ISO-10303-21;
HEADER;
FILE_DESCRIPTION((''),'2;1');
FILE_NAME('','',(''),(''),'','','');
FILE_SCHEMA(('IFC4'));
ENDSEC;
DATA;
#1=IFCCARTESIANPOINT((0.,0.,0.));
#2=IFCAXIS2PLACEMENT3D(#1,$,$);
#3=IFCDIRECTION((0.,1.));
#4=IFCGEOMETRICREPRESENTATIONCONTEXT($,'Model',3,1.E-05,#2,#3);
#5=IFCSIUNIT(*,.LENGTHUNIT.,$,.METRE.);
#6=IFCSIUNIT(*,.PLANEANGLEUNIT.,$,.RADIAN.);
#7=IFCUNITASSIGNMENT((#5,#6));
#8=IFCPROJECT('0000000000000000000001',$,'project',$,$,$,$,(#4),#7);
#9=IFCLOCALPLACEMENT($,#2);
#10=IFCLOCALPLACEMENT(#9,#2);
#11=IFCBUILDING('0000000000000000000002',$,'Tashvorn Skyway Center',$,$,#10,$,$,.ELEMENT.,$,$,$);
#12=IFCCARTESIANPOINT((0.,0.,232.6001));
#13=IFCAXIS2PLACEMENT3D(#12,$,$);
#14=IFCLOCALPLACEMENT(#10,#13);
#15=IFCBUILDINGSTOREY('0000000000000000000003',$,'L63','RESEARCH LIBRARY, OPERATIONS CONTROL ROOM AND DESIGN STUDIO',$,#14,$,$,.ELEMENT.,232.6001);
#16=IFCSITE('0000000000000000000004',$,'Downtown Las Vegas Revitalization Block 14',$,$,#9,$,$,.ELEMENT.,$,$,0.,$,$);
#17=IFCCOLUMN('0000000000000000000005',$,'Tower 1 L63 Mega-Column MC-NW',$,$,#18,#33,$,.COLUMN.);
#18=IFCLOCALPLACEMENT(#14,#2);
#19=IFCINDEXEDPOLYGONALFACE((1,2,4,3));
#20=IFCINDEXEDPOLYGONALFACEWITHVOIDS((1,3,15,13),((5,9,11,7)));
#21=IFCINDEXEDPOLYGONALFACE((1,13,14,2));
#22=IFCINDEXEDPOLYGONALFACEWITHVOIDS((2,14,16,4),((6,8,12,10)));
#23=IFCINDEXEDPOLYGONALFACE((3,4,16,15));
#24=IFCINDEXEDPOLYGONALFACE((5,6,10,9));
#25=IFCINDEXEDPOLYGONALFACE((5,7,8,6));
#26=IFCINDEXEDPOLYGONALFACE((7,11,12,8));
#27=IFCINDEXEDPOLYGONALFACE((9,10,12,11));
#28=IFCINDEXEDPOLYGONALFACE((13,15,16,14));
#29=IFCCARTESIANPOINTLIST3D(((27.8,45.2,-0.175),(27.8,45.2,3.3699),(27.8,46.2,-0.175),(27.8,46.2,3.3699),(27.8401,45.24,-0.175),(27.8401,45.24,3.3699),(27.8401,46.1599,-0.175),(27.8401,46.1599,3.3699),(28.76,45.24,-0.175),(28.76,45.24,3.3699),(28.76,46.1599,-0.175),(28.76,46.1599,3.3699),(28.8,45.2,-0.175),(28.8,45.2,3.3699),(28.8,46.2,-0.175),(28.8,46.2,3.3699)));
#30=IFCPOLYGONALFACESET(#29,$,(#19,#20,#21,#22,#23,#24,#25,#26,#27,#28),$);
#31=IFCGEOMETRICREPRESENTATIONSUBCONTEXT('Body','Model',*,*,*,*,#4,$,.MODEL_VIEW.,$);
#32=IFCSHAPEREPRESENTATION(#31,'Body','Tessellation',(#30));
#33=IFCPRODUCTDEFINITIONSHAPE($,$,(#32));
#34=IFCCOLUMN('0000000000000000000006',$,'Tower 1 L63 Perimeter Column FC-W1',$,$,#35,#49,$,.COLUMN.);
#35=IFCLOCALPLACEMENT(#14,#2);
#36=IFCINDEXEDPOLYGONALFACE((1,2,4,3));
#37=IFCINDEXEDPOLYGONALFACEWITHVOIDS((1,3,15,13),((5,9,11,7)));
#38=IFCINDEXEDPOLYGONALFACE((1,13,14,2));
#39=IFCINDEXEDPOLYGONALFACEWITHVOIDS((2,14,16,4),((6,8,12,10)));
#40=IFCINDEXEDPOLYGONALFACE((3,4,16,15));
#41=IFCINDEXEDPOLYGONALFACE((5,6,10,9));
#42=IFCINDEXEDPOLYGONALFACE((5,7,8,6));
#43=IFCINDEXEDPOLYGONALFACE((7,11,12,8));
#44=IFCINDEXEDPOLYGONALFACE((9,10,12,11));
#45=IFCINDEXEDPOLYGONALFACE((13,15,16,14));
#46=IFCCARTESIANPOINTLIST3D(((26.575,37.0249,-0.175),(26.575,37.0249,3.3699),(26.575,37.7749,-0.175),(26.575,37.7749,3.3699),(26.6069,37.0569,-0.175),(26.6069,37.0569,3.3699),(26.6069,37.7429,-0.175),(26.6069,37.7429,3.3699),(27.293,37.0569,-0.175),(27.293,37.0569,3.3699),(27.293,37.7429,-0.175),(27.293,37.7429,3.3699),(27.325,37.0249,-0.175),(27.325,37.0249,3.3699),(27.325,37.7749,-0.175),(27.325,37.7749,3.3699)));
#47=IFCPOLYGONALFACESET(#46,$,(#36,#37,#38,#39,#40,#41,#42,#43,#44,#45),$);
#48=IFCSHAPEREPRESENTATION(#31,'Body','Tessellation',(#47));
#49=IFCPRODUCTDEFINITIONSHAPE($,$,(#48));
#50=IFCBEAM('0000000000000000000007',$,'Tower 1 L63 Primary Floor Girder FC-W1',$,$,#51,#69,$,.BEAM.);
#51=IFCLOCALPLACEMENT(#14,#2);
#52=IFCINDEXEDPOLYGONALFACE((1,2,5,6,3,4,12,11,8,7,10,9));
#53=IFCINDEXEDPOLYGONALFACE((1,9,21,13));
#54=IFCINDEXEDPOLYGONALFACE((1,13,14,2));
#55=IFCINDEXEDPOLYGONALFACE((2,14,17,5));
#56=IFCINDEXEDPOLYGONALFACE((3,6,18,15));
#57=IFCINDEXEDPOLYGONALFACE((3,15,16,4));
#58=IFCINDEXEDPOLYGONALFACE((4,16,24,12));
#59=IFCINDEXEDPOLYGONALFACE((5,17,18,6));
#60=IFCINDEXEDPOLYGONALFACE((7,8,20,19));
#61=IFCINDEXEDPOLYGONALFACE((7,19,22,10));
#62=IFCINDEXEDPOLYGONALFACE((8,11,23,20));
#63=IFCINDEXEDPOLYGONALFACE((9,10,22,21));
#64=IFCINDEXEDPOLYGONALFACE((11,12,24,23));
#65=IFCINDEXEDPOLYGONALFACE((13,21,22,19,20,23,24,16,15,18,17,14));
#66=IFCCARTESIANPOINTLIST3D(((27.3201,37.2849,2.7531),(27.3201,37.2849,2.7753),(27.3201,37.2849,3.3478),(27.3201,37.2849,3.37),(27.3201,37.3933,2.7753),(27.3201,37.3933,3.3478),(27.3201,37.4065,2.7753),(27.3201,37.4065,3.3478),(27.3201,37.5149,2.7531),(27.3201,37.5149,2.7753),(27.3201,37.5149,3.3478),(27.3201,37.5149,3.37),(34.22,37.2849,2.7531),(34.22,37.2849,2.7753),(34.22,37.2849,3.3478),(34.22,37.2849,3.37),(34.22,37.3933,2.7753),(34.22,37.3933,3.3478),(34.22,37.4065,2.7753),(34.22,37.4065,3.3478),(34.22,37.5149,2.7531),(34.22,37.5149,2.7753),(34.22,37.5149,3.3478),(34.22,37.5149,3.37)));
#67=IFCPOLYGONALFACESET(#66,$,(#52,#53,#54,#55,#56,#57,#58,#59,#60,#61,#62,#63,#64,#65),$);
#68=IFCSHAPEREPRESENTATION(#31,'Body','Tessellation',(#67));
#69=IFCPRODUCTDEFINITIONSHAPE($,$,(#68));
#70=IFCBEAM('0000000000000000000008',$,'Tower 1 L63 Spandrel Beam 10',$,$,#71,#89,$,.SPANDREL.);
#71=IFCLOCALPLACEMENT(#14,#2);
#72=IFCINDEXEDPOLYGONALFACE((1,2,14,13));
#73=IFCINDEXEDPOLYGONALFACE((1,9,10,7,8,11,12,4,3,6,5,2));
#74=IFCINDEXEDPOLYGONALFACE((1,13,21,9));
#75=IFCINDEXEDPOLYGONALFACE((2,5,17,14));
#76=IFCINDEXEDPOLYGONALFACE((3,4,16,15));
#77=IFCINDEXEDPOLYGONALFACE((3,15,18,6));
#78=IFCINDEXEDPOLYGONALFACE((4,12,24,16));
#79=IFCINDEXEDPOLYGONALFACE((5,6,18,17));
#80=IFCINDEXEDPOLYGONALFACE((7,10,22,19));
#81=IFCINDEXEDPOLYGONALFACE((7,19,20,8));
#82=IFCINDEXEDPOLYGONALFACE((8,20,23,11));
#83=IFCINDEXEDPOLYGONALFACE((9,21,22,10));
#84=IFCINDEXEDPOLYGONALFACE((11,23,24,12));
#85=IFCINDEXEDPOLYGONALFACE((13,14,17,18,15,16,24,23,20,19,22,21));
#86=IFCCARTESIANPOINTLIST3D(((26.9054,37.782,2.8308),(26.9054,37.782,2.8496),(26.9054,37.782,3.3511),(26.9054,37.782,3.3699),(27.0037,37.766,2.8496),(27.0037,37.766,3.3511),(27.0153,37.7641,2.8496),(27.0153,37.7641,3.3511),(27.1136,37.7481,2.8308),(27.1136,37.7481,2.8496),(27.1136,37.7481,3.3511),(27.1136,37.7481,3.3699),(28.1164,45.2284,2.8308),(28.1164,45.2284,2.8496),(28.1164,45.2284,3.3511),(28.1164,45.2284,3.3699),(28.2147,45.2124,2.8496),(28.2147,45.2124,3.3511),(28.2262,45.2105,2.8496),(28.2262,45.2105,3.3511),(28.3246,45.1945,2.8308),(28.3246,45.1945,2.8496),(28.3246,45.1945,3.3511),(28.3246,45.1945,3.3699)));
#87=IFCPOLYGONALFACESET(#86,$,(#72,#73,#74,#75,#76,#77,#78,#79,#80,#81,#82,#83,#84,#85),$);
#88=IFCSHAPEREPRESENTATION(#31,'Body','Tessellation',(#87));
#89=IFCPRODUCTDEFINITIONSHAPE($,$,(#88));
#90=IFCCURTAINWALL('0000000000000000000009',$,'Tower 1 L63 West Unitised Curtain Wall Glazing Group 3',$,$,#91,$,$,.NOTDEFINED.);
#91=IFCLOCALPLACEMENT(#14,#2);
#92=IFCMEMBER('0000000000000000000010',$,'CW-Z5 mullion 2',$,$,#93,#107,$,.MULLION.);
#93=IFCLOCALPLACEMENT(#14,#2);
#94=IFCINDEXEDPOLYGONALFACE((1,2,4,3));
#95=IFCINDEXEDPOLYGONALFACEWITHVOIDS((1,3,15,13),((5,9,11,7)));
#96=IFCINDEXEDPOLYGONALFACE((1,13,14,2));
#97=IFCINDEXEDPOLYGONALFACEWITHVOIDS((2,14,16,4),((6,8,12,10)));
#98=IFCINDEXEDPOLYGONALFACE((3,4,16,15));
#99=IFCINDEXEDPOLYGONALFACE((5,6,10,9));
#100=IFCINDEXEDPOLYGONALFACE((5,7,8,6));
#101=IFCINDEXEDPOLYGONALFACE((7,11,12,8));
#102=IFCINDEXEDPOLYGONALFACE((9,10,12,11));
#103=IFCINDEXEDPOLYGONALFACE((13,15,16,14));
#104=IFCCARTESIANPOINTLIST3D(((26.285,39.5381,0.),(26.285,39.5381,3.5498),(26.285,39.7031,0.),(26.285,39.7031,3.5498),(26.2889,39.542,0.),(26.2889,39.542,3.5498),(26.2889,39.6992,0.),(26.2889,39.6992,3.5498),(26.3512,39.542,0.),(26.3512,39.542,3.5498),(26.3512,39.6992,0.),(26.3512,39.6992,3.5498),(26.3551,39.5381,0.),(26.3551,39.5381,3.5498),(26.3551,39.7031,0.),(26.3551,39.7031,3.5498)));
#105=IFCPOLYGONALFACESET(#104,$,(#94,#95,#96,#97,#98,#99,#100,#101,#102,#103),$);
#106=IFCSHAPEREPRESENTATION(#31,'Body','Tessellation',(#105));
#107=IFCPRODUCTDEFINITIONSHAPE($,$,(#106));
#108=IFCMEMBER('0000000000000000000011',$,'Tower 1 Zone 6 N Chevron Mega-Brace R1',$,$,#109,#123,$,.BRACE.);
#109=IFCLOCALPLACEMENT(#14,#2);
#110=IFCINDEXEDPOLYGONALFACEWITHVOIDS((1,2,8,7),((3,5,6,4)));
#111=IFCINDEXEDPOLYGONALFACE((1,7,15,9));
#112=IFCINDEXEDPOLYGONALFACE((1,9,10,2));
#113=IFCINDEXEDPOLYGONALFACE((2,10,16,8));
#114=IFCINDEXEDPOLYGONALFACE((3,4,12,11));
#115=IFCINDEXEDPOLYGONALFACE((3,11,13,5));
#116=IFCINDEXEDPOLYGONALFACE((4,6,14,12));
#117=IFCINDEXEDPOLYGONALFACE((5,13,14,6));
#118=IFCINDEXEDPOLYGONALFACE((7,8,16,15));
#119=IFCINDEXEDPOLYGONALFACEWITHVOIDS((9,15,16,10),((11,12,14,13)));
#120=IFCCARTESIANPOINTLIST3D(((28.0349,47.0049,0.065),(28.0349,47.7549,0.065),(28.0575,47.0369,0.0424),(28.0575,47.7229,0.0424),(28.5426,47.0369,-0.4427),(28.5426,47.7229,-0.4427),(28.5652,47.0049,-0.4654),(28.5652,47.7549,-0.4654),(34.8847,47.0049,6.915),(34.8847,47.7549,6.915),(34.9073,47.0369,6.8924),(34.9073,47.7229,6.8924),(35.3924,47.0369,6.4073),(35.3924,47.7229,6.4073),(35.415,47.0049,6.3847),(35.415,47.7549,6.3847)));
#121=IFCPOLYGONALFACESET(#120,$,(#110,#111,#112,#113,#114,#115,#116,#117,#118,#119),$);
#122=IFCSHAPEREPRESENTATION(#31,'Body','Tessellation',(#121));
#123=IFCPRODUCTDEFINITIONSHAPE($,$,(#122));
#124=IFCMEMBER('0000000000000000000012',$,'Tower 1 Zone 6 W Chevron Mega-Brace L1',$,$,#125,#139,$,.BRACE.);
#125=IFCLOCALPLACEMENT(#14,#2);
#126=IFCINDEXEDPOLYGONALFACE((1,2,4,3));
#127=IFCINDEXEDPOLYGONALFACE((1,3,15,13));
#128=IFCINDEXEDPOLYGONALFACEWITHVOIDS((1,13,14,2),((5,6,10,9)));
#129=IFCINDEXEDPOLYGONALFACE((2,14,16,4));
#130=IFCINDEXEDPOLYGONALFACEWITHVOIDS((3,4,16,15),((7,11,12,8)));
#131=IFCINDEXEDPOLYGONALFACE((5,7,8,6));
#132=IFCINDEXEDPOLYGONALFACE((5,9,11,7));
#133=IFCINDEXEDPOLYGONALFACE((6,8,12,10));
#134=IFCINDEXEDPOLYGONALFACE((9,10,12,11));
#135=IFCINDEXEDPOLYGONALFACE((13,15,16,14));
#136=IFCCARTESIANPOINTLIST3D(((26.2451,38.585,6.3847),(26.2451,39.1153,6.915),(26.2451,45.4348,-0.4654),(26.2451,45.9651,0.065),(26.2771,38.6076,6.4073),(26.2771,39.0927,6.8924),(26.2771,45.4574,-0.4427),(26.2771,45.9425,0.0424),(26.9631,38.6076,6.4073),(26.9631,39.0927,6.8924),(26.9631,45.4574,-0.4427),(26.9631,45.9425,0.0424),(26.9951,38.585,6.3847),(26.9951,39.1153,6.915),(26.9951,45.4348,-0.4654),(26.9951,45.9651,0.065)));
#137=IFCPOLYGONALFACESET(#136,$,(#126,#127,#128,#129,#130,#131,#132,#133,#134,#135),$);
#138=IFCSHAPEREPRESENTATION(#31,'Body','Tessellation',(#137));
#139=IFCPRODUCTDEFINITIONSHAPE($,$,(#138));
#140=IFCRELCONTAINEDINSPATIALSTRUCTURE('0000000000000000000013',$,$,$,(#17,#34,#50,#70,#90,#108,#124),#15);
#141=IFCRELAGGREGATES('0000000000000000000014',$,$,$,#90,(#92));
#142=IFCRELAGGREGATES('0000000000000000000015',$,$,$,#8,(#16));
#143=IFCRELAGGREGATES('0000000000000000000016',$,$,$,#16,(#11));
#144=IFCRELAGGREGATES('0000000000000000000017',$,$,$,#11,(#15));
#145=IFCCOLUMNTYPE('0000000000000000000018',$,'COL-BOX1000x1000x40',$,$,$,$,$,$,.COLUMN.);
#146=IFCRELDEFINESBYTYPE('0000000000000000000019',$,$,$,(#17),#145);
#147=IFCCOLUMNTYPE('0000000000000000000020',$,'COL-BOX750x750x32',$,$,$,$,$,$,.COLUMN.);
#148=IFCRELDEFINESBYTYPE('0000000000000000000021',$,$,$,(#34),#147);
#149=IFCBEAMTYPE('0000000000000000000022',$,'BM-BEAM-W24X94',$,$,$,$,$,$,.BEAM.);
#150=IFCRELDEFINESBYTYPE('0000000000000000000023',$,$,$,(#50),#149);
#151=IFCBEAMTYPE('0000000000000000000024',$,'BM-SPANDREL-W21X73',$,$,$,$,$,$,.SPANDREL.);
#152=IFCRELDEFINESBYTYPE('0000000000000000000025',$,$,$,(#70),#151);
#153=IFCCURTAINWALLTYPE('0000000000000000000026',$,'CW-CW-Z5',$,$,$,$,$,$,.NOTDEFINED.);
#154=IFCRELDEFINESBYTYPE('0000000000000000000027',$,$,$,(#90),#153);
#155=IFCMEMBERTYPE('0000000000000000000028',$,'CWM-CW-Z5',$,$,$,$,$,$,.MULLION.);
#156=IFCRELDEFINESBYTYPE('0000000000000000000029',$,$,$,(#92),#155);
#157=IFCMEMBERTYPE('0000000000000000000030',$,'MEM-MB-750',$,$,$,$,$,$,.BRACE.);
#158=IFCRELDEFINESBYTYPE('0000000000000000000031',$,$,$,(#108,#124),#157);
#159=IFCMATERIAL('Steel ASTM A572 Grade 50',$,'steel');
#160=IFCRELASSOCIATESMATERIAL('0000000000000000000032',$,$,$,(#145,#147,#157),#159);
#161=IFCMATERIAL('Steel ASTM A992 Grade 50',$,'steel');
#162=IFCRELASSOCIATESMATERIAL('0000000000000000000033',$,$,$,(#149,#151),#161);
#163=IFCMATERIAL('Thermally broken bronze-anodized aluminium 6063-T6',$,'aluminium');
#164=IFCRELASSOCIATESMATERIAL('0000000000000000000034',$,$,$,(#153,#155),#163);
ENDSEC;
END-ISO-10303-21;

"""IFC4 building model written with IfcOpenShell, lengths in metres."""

from ifc_helpers import new_model, si_unit, direction, frame, origin, origin_2d, place, context, subcontext, project, spatial, hollow_rectangle, i_section, extrude, material, material_profile, profile_set, type_object, element, aggregate, save


model = new_model("IFC4")

# Units and contexts
model_context = context("Model", 3, precision=1e-05, world=origin(), true_north=direction((0.0, 1.0)))
body_context = subcontext(model_context, "Body", "Model", "MODEL_VIEW")
ifc_project = project(units=[si_unit("LENGTHUNIT", "METRE"), si_unit("PLANEANGLEUNIT", "RADIAN")], contexts=[model_context])

# Site, building, storey
site_placement = place(None, origin())
site = spatial("IfcSite", under=ifc_project, at=site_placement, Name="Downtown Las Vegas Revitalization Block 14", CompositionType="ELEMENT", RefElevation=0.0)
building_placement = place(site_placement, origin())
building = spatial("IfcBuilding", under=site, at=building_placement, Name="Tashvorn Skyway Center", CompositionType="ELEMENT")
storey_placement = place(building_placement, frame((0.0, 0.0, 232.6001)))
storey = spatial("IfcBuildingStorey", under=building, at=storey_placement, Name="L63", Description="RESEARCH LIBRARY, OPERATIONS CONTROL ROOM AND DESIGN STUDIO", CompositionType="ELEMENT", Elevation=232.6001)

# Columns
ifc_material_1 = material(Name="Steel ASTM A572 Grade 50", Category="steel")
ifc_material_profile_1 = material_profile(ifc_material_1, hollow_rectangle(XDim=1.0, YDim=1.0, WallThickness=0.04, at=origin_2d()), Name="BOX1000x1000x40")
ifc_profile_set_1 = profile_set([ifc_material_profile_1], Name="Steel ASTM A572 Grade 50")
column_type_1 = type_object("IfcColumnType", Name="COL-BOX1000x1000x40", PredefinedType="COLUMN", material=ifc_profile_set_1)
column_1_placement = place(storey_placement, frame((28.3, 45.7, -0.175), z_axis=(0.0, 0.0, 1.0), x_axis=(1.0, 0.0, 0.0)))
element("IfcColumn", 1, at=column_1_placement, inside=storey, type_object=column_type_1, Name="Tower 1 L63 Mega-Column MC-NW", PredefinedType="COLUMN", context=body_context, shape_type="SweptSolid", body=[
    extrude(hollow_rectangle(XDim=1.0, YDim=1.0, WallThickness=0.04, at=origin_2d()), origin(), (0.0, 0.0, 1.0), 3.5449),
])
ifc_material_profile_2 = material_profile(ifc_material_1, hollow_rectangle(XDim=0.75, YDim=0.75, WallThickness=0.032, at=origin_2d()), Name="BOX750x750x32")
ifc_profile_set_2 = profile_set([ifc_material_profile_2], Name="Steel ASTM A572 Grade 50")
column_type_2 = type_object("IfcColumnType", Name="COL-BOX750x750x32", PredefinedType="COLUMN", material=ifc_profile_set_2)
column_2_placement = place(storey_placement, frame((26.95, 37.3999, -0.175), z_axis=(0.0, 0.0, 1.0), x_axis=(1.0, 0.0, 0.0)))
element("IfcColumn", 2, at=column_2_placement, inside=storey, type_object=column_type_2, Name="Tower 1 L63 Perimeter Column FC-W1", PredefinedType="COLUMN", context=body_context, shape_type="SweptSolid", body=[
    extrude(hollow_rectangle(XDim=0.75, YDim=0.75, WallThickness=0.032, at=origin_2d()), origin(), (0.0, 0.0, 1.0), 3.5449),
])

# Beams
ifc_material_2 = material(Name="Steel ASTM A992 Grade 50", Category="steel")
ifc_material_profile_3 = material_profile(ifc_material_2, i_section(OverallWidth=0.23, OverallDepth=0.6169, WebThickness=0.0132, FlangeThickness=0.0222, at=origin_2d()), Name="W24X94")
ifc_profile_set_3 = profile_set([ifc_material_profile_3], Name="Steel ASTM A992 Grade 50")
beam_type_1 = type_object("IfcBeamType", Name="BM-BEAM-W24X94", PredefinedType="BEAM", material=ifc_profile_set_3)
beam_1_placement = place(storey_placement, frame((27.3201, 37.3999, 3.0615), z_axis=(1.0, 0.0, 0.0), x_axis=(0.0, 1.0, 0.0)))
element("IfcBeam", 3, at=beam_1_placement, inside=storey, type_object=beam_type_1, Name="Tower 1 L63 Primary Floor Girder FC-W1", PredefinedType="BEAM", context=body_context, shape_type="SweptSolid", body=[
    extrude(i_section(OverallWidth=0.23, OverallDepth=0.6169, WebThickness=0.0132, FlangeThickness=0.0222, at=origin_2d()), origin(), (0.0, 0.0, 1.0), 6.8999),
])
ifc_material_profile_4 = material_profile(ifc_material_2, i_section(OverallWidth=0.2109, OverallDepth=0.5391, WebThickness=0.0117, FlangeThickness=0.0188, at=origin_2d()), Name="W21X73")
ifc_profile_set_4 = profile_set([ifc_material_profile_4], Name="Steel ASTM A992 Grade 50")
beam_type_2 = type_object("IfcBeamType", Name="BM-SPANDREL-W21X73", PredefinedType="SPANDREL", material=ifc_profile_set_4)
beam_2_placement = place(storey_placement, frame((28.2205, 45.2114, 3.1003), z_axis=(-0.160514, -0.987034, 0.0), x_axis=(0.987034, -0.160514, 0.0)))
element("IfcBeam", 4, at=beam_2_placement, inside=storey, type_object=beam_type_2, Name="Tower 1 L63 Spandrel Beam 10", PredefinedType="SPANDREL", context=body_context, shape_type="SweptSolid", body=[
    extrude(i_section(OverallWidth=0.2109, OverallDepth=0.5391, WebThickness=0.0117, FlangeThickness=0.0188, at=origin_2d()), origin(), (0.0, 0.0, 1.0), 7.5442),
])

# Curtain wall, member
ifc_material_3 = material(Name="Thermally broken bronze-anodized aluminium 6063-T6", Category="aluminium")
curtain_wall_type = type_object("IfcCurtainWallType", Name="CW-CW-Z5", PredefinedType="NOTDEFINED", material=ifc_material_3)
curtain_wall_placement = place(storey_placement, origin())
curtain_wall = element("IfcCurtainWall", 5, at=curtain_wall_placement, inside=storey, type_object=curtain_wall_type, Name="Tower 1 L63 West Unitised Curtain Wall Glazing Group 3", PredefinedType="NOTDEFINED")
ifc_material_profile_5 = material_profile(ifc_material_3, hollow_rectangle(XDim=0.0701, YDim=0.165, WallThickness=0.0039, at=origin_2d()), Name="ALU-MULL-70x165")
ifc_profile_set_5 = profile_set([ifc_material_profile_5], Name="Thermally broken bronze-anodized aluminium 6063-T6")
member_type_1 = type_object("IfcMemberType", Name="CWM-CW-Z5", PredefinedType="MULLION", material=ifc_profile_set_5)
member_1_placement = place(storey_placement, frame((26.3201, 39.6206, 0.0), z_axis=(0.0, 0.0, 1.0), x_axis=(-1.0, 0.0, 0.0)))
member_1 = element("IfcMember", 6, at=member_1_placement, type_object=member_type_1, Name="CW-Z5 mullion 2", PredefinedType="MULLION", context=body_context, shape_type="SweptSolid", body=[
    extrude(hollow_rectangle(XDim=0.0701, YDim=0.165, WallThickness=0.0039, at=origin_2d()), origin(), (0.0, 0.0, 1.0), 3.5498),
])

# Members
ifc_material_profile_6 = material_profile(ifc_material_1, hollow_rectangle(XDim=0.75, YDim=0.75, WallThickness=0.032, at=origin_2d()), Name="BOX750x750x32")
ifc_profile_set_6 = profile_set([ifc_material_profile_6], Name="Steel ASTM A572 Grade 50")
member_type_2 = type_object("IfcMemberType", Name="MEM-MB-750", PredefinedType="BRACE", material=ifc_profile_set_6)
for number, where, z_axis, x_axis, name in (
    (7, (28.3, 47.3799, -0.2002), (0.707094, 0.0, 0.707119), (0.0, 1.0, 0.0), "Tower 1 Zone 6 N Chevron Mega-Brace R1"),
    (8, (26.6201, 45.7, -0.2002), (0.0, -0.707094, 0.707119), (1.0, 0.0, 0.0), "Tower 1 Zone 6 W Chevron Mega-Brace L1"),
):
    element("IfcMember", number, at=place(storey_placement, frame(where, z_axis=z_axis, x_axis=x_axis)), inside=storey, type_object=member_type_2, Name=name, PredefinedType="BRACE", context=body_context, shape_type="SweptSolid", body=[
        extrude(hollow_rectangle(XDim=0.75, YDim=0.75, WallThickness=0.032, at=origin_2d()), origin(), (0.0, 0.0, 1.0), 9.6873),
    ])

aggregate(curtain_wall, [member_1])

save(model, "model.ifc")
